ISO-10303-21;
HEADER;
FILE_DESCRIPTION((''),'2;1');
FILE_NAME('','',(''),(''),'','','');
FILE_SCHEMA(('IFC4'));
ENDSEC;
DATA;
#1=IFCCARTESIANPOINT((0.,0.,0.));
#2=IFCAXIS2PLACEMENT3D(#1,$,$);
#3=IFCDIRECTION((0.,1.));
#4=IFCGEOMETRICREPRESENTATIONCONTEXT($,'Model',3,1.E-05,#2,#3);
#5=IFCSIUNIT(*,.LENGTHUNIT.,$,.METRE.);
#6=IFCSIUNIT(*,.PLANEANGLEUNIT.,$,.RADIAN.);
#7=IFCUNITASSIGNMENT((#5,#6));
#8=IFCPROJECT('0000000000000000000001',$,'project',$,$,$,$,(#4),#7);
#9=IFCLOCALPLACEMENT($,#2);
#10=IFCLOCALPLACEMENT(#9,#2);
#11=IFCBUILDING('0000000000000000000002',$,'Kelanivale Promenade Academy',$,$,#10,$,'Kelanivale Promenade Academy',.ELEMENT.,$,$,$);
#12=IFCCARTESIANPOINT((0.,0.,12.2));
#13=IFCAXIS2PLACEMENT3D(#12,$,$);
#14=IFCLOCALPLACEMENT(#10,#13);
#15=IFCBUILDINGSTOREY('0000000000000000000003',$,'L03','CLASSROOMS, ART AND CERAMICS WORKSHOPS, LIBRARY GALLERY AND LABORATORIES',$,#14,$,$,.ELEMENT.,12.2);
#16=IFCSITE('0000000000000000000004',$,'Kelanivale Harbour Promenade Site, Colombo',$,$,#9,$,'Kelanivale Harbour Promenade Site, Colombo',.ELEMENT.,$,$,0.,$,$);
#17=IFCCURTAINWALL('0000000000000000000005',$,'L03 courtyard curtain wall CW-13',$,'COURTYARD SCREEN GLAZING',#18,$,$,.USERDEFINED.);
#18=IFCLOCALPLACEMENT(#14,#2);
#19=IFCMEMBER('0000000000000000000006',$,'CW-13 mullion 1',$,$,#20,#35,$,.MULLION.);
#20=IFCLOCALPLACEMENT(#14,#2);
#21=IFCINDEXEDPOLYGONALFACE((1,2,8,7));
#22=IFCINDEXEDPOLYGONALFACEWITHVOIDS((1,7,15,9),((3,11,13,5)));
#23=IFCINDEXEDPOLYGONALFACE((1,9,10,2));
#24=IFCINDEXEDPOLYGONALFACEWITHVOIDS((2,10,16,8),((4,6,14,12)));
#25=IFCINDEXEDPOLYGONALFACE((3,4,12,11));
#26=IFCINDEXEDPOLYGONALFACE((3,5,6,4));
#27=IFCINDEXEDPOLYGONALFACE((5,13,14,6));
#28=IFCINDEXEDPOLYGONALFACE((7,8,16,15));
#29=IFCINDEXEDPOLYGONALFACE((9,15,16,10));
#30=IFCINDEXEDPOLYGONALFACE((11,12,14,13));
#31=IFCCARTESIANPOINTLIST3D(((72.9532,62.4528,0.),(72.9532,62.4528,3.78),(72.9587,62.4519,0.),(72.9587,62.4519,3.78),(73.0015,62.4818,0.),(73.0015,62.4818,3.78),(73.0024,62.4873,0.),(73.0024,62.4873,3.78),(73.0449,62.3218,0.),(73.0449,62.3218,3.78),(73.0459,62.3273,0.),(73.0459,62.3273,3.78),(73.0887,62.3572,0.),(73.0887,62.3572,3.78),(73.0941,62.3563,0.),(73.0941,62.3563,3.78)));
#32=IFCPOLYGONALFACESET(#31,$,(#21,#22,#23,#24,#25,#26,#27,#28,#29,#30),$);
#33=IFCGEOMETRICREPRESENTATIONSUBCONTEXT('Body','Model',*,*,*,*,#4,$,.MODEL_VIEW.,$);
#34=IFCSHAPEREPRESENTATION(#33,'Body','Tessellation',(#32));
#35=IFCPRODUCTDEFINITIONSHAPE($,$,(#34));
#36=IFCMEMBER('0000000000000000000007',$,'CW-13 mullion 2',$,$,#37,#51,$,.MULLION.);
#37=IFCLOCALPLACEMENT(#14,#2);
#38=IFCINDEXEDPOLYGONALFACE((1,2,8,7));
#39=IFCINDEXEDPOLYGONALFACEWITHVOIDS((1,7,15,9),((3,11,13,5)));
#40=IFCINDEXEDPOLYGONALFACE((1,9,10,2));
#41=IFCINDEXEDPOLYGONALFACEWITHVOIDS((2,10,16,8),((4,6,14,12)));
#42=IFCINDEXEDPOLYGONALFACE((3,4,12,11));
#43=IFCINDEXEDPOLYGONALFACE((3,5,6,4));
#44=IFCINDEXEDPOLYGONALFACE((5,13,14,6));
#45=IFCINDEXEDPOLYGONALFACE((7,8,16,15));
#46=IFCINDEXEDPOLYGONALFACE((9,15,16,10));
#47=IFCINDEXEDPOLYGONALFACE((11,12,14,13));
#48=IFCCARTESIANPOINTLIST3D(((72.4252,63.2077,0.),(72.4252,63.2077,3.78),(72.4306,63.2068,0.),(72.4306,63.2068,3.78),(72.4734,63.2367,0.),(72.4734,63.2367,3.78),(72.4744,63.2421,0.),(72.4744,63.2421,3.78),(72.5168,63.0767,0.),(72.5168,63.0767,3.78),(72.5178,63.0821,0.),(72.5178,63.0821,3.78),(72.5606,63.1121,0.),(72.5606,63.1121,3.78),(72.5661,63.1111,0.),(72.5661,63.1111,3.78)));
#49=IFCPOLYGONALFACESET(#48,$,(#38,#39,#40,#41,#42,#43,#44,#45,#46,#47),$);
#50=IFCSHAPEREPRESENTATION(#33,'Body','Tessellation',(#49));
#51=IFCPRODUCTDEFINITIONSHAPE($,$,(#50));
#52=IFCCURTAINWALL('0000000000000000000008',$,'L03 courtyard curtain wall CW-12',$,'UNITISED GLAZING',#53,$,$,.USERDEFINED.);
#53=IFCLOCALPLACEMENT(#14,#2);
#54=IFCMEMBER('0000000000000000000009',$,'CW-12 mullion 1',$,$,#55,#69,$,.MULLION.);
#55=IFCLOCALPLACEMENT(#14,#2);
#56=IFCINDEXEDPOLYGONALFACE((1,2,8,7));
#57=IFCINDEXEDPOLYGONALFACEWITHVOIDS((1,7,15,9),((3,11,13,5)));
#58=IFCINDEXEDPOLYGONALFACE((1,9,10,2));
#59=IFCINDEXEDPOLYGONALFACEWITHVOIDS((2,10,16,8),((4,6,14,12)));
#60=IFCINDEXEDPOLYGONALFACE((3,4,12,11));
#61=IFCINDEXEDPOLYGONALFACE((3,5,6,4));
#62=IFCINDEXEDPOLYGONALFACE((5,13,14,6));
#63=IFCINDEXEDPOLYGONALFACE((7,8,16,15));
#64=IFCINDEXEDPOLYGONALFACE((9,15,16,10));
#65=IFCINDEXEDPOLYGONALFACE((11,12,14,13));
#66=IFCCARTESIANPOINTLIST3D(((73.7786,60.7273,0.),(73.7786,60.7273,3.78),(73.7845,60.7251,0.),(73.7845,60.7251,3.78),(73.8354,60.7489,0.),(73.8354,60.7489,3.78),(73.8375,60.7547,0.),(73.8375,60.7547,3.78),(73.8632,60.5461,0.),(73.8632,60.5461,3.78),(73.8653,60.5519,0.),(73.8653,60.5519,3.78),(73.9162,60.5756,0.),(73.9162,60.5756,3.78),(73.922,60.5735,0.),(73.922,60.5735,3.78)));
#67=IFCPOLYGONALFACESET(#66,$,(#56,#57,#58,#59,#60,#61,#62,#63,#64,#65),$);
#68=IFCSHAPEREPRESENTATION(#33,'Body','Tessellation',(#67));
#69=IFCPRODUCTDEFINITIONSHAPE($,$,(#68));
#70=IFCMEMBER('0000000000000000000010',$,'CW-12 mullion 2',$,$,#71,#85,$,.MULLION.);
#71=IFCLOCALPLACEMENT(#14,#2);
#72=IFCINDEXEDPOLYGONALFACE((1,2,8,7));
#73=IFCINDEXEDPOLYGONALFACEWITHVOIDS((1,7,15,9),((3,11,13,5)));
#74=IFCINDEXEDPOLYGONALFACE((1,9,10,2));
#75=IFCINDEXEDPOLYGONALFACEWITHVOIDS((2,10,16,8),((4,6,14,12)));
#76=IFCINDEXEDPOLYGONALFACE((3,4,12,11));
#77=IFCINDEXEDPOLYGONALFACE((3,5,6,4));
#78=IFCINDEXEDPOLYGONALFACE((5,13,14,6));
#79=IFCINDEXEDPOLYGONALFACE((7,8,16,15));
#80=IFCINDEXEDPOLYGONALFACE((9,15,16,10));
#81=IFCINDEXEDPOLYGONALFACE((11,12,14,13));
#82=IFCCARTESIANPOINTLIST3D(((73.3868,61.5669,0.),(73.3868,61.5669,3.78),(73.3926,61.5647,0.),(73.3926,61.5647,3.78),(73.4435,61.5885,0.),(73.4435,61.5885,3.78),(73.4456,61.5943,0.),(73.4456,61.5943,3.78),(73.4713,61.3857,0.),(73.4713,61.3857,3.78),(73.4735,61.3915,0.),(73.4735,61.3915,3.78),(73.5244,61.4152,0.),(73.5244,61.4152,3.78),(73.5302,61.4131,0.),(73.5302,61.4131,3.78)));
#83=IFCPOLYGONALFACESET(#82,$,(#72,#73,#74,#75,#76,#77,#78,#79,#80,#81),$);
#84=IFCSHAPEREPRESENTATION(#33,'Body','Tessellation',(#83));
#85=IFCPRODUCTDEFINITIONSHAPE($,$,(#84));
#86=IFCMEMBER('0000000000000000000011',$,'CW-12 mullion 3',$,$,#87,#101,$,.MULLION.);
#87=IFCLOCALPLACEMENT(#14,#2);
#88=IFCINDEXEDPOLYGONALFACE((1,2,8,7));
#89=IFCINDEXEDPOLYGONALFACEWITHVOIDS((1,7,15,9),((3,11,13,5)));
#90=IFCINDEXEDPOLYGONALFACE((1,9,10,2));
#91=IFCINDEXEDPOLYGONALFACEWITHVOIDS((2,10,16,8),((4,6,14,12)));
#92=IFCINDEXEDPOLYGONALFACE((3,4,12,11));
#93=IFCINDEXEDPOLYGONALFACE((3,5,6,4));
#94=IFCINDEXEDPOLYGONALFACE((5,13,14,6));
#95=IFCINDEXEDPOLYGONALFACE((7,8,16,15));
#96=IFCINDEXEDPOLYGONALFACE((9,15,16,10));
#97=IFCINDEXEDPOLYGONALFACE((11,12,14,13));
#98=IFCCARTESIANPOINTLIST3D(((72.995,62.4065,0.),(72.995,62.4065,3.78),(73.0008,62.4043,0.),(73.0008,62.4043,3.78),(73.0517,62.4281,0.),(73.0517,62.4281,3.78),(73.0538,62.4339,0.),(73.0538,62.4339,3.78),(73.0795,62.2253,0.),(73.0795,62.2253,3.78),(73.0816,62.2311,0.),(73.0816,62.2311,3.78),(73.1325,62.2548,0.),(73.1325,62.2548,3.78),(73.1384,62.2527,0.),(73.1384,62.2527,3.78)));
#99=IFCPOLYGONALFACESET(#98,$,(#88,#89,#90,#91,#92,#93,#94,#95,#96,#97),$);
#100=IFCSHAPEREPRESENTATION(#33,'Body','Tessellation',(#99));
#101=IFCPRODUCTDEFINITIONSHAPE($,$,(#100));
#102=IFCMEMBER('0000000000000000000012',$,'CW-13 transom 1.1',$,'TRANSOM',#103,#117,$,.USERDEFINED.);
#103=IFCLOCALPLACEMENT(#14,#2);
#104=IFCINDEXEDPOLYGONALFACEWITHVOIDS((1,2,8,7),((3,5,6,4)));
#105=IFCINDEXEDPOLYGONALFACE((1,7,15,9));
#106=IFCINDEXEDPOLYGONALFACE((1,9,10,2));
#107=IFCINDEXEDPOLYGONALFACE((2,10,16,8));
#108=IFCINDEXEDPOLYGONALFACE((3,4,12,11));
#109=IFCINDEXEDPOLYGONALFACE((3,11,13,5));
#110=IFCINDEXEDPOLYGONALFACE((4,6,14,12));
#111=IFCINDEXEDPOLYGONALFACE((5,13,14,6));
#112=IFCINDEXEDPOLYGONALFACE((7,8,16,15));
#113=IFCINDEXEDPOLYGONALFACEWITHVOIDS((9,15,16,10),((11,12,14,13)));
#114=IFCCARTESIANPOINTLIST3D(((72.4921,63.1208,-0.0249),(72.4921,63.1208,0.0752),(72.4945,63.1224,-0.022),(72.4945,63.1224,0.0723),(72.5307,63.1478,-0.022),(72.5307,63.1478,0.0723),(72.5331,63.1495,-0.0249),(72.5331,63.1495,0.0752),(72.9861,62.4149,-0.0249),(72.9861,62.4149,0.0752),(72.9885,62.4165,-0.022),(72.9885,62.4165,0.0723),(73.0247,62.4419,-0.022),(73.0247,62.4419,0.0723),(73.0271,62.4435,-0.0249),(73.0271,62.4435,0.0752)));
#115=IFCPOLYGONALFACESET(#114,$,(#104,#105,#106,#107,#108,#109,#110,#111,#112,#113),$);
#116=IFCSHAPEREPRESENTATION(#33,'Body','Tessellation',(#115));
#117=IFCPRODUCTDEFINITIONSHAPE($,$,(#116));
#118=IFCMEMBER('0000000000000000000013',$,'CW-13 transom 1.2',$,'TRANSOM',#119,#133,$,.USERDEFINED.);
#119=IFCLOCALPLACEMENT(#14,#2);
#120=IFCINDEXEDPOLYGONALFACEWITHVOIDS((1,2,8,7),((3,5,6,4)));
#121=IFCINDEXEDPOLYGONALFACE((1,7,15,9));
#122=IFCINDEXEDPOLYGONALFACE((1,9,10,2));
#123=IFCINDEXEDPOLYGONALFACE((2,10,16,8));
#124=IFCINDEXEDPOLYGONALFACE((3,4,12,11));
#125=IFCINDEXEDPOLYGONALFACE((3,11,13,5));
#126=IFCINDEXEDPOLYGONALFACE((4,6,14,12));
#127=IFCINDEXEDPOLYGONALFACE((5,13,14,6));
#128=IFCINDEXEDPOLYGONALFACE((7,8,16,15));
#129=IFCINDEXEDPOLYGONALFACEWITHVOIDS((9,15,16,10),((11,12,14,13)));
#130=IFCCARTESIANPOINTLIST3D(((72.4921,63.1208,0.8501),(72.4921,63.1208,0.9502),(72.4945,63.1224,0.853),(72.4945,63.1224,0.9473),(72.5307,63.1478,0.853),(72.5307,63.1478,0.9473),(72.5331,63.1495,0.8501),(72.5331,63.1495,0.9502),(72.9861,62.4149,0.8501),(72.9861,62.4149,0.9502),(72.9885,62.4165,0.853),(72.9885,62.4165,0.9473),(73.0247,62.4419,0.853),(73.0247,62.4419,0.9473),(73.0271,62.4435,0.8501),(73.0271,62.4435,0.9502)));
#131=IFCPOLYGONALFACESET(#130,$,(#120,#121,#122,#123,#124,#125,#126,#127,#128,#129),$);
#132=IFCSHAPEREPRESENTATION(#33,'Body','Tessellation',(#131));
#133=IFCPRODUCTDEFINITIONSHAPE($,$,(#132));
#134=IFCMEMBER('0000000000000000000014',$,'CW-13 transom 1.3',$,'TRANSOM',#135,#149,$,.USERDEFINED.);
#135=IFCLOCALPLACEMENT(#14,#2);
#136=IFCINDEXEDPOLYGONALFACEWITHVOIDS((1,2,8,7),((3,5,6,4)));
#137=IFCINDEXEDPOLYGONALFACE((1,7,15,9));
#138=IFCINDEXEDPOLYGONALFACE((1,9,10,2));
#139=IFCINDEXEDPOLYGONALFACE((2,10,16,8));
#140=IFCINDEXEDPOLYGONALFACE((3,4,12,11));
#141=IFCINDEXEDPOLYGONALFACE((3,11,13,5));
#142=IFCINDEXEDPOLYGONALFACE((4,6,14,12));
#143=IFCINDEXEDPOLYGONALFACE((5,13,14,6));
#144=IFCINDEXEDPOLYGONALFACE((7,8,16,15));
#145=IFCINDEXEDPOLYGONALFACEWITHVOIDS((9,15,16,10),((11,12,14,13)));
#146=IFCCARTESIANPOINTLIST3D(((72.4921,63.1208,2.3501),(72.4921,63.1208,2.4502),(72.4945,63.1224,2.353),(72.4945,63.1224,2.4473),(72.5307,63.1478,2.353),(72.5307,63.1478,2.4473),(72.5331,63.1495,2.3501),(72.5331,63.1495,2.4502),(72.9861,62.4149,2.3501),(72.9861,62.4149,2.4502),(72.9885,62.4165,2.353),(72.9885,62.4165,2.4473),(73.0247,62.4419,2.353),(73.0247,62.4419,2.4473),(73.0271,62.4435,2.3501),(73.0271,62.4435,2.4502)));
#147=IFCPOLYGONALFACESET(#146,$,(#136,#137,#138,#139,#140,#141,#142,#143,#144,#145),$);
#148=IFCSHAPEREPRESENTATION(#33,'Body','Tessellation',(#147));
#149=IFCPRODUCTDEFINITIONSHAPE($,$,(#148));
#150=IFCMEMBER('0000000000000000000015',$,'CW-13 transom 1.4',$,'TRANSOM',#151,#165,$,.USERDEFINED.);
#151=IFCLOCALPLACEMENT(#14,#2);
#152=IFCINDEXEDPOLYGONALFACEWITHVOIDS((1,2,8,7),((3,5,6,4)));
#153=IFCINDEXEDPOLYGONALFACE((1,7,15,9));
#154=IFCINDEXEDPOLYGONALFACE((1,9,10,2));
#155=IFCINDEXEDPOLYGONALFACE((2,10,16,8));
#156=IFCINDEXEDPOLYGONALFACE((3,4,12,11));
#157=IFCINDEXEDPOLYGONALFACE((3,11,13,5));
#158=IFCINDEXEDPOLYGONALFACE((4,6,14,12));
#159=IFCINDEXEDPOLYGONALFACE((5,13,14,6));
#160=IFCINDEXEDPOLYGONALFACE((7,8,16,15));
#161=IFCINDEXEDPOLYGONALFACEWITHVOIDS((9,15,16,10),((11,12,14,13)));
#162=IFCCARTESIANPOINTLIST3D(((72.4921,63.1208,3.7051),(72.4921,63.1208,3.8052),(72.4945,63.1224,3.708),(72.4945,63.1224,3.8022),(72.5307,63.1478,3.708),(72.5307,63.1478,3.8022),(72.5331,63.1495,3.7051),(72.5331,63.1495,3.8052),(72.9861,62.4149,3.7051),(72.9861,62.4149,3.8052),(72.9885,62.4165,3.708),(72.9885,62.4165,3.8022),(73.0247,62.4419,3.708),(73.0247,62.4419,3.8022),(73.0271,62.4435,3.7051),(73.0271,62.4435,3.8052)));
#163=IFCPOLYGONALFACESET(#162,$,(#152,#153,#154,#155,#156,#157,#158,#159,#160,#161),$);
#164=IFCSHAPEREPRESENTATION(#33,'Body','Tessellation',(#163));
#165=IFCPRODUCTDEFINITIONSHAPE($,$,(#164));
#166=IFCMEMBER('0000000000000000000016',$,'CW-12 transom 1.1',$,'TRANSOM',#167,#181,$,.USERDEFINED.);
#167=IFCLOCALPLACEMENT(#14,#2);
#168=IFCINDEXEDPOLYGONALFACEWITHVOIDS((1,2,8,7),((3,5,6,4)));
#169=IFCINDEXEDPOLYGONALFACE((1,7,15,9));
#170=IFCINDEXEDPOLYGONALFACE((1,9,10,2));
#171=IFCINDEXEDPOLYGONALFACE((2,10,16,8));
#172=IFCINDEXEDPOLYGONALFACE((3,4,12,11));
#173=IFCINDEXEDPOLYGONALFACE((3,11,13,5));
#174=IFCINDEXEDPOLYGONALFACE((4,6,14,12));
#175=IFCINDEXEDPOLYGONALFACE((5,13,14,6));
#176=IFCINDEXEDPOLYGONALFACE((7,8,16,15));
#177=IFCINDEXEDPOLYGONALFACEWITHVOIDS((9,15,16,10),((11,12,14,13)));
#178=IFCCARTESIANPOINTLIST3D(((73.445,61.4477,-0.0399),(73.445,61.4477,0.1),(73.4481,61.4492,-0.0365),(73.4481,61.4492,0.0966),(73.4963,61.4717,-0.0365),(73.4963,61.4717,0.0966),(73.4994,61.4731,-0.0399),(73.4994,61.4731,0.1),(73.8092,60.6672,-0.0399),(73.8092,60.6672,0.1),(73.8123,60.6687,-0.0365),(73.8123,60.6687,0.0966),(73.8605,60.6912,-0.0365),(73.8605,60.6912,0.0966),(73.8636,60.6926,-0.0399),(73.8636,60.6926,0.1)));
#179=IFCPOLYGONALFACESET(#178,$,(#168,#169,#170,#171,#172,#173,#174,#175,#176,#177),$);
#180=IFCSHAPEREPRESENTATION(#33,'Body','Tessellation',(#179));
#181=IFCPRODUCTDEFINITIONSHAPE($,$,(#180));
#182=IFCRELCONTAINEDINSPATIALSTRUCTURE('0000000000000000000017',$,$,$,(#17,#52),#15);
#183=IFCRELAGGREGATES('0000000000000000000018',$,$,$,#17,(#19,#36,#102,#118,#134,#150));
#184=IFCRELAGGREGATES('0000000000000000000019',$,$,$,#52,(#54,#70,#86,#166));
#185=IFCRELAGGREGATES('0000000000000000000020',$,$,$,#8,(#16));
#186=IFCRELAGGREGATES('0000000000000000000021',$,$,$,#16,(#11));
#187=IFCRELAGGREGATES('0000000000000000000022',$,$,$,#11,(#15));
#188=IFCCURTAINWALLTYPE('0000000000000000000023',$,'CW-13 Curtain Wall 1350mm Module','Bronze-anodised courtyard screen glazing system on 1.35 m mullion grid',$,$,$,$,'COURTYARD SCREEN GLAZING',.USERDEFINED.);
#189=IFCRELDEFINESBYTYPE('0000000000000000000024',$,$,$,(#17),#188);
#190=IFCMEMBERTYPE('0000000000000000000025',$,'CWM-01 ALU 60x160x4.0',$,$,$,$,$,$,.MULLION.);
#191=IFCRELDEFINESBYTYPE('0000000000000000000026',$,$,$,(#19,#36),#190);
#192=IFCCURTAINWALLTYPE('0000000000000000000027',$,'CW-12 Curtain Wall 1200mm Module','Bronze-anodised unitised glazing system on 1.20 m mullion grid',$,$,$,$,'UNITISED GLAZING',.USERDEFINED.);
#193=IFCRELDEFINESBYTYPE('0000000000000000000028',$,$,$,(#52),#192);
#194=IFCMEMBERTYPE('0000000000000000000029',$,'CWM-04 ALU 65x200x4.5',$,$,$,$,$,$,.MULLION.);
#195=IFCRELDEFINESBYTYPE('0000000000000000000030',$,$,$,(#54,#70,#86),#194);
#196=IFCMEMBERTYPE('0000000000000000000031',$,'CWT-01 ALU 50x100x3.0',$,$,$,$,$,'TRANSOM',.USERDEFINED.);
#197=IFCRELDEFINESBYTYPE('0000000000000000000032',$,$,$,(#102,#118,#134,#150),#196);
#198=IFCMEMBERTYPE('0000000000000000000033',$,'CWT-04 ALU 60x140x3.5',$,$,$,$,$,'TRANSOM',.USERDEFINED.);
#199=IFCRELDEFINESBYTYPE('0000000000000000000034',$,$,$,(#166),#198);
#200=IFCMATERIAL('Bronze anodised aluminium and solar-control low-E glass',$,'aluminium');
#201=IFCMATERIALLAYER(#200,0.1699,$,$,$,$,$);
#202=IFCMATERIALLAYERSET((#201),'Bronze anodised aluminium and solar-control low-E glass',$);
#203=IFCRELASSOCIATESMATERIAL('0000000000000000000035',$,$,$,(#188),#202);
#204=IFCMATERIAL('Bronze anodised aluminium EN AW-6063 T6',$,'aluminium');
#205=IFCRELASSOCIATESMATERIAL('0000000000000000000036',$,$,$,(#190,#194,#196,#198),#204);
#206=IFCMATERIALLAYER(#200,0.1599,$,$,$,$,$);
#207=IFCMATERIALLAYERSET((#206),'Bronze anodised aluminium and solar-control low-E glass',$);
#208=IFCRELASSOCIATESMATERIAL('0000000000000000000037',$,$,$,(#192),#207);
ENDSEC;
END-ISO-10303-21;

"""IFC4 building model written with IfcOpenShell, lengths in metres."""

from ifc_helpers import new_model, si_unit, direction, frame, origin, origin_2d, place, context, subcontext, project, spatial, hollow_rectangle, extrude, material, layer, layer_set, material_profile, profile_set, type_object, element, aggregate, save


model = new_model("IFC4")

# Units and contexts
model_context = context("Model", 3, precision=1e-05, world=origin(), true_north=direction((0.0, 1.0)))
body_context = subcontext(model_context, "Body", "Model", "MODEL_VIEW")
ifc_project = project(units=[si_unit("LENGTHUNIT", "METRE"), si_unit("PLANEANGLEUNIT", "RADIAN")], contexts=[model_context])

# Site, building, storey
site_placement = place(None, origin())
site = spatial("IfcSite", under=ifc_project, at=site_placement, Name="Kelanivale Harbour Promenade Site, Colombo", LongName="Kelanivale Harbour Promenade Site, Colombo", CompositionType="ELEMENT", RefElevation=0.0)
building_placement = place(site_placement, origin())
building = spatial("IfcBuilding", under=site, at=building_placement, Name="Kelanivale Promenade Academy", LongName="Kelanivale Promenade Academy", CompositionType="ELEMENT")
storey_placement = place(building_placement, frame((0.0, 0.0, 12.2)))
storey = spatial("IfcBuildingStorey", under=building, at=storey_placement, Name="L03", Description="CLASSROOMS, ART AND CERAMICS WORKSHOPS, LIBRARY GALLERY AND LABORATORIES", CompositionType="ELEMENT", Elevation=12.2)

# Curtain walls, members
ifc_material_1 = material(Name="Bronze anodised aluminium and solar-control low-E glass", Category="aluminium")
ifc_layer_1 = layer(ifc_material_1, 0.1699)
ifc_layer_set_1 = layer_set([ifc_layer_1], Name="Bronze anodised aluminium and solar-control low-E glass")
curtain_wall_type_1 = type_object("IfcCurtainWallType", Name="CW-13 Curtain Wall 1350mm Module", Description="Bronze-anodised courtyard screen glazing system on 1.35 m mullion grid", ElementType="COURTYARD SCREEN GLAZING", PredefinedType="USERDEFINED", material=ifc_layer_set_1)
curtain_wall_1_placement = place(storey_placement, origin())
curtain_wall_1 = element("IfcCurtainWall", 1, at=curtain_wall_1_placement, inside=storey, type_object=curtain_wall_type_1, Name="L03 courtyard curtain wall CW-13", ObjectType="COURTYARD SCREEN GLAZING", PredefinedType="USERDEFINED")
ifc_material_2 = material(Name="Bronze anodised aluminium EN AW-6063 T6", Category="aluminium")
ifc_material_profile_1 = material_profile(ifc_material_2, hollow_rectangle(XDim=0.0601, YDim=0.1599, WallThickness=0.0039, at=origin_2d()), Name="ALU 60x160x4.0")
ifc_profile_set_1 = profile_set([ifc_material_profile_1], Name="Bronze anodised aluminium EN AW-6063 T6")
member_type_1 = type_object("IfcMemberType", Name="CWM-01 ALU 60x160x4.0", PredefinedType="MULLION", material=ifc_profile_set_1)
member_1_placement = place(storey_placement, frame((73.0237, 62.4045, 0.0), z_axis=(0.0, 0.0, 1.0), x_axis=(-0.819306, -0.573357, 0.0)))
member_1 = element("IfcMember", 2, at=member_1_placement, type_object=member_type_1, Name="CW-13 mullion 1", PredefinedType="MULLION", context=body_context, shape_type="SweptSolid", body=[
    extrude(hollow_rectangle(XDim=0.0601, YDim=0.1599, WallThickness=0.0039, at=origin_2d()), origin(), (0.0, 0.0, 1.0), 3.78),
])
member_2_placement = place(storey_placement, frame((72.4956, 63.1594, 0.0), z_axis=(0.0, 0.0, 1.0), x_axis=(-0.819306, -0.573357, 0.0)))
member_2 = element("IfcMember", 3, at=member_2_placement, type_object=member_type_1, Name="CW-13 mullion 2", PredefinedType="MULLION", context=body_context, shape_type="SweptSolid", body=[
    extrude(hollow_rectangle(XDim=0.0601, YDim=0.1599, WallThickness=0.0039, at=origin_2d()), origin(), (0.0, 0.0, 1.0), 3.78),
])
ifc_layer_2 = layer(ifc_material_1, 0.1599)
ifc_layer_set_2 = layer_set([ifc_layer_2], Name="Bronze anodised aluminium and solar-control low-E glass")
curtain_wall_type_2 = type_object("IfcCurtainWallType", Name="CW-12 Curtain Wall 1200mm Module", Description="Bronze-anodised unitised glazing system on 1.20 m mullion grid", ElementType="UNITISED GLAZING", PredefinedType="USERDEFINED", material=ifc_layer_set_2)
curtain_wall_2_placement = place(storey_placement, origin())
curtain_wall_2 = element("IfcCurtainWall", 4, at=curtain_wall_2_placement, inside=storey, type_object=curtain_wall_type_2, Name="L03 courtyard curtain wall CW-12", ObjectType="UNITISED GLAZING", PredefinedType="USERDEFINED")
ifc_material_profile_2 = material_profile(ifc_material_2, hollow_rectangle(XDim=0.0649, YDim=0.2, WallThickness=0.0044, at=origin_2d()), Name="ALU 65x200x4.5")
ifc_profile_set_2 = profile_set([ifc_material_profile_2], Name="Bronze anodised aluminium EN AW-6063 T6")
member_type_2 = type_object("IfcMemberType", Name="CWM-04 ALU 65x200x4.5", PredefinedType="MULLION", material=ifc_profile_set_2)
member_3_placement = place(storey_placement, frame((73.8503, 60.6504, 0.0), z_axis=(0.0, 0.0, 1.0), x_axis=(-0.906196, -0.422857, 0.0)))
member_3 = element("IfcMember", 5, at=member_3_placement, type_object=member_type_2, Name="CW-12 mullion 1", PredefinedType="MULLION", context=body_context, shape_type="SweptSolid", body=[
    extrude(hollow_rectangle(XDim=0.0649, YDim=0.2, WallThickness=0.0044, at=origin_2d()), origin(), (0.0, 0.0, 1.0), 3.78),
])
member_4_placement = place(storey_placement, frame((73.4585, 61.49, 0.0), z_axis=(0.0, 0.0, 1.0), x_axis=(-0.906196, -0.422857, 0.0)))
member_4 = element("IfcMember", 6, at=member_4_placement, type_object=member_type_2, Name="CW-12 mullion 2", PredefinedType="MULLION", context=body_context, shape_type="SweptSolid", body=[
    extrude(hollow_rectangle(XDim=0.0649, YDim=0.2, WallThickness=0.0044, at=origin_2d()), origin(), (0.0, 0.0, 1.0), 3.78),
])
member_5_placement = place(storey_placement, frame((73.0667, 62.3296, 0.0), z_axis=(0.0, 0.0, 1.0), x_axis=(-0.906196, -0.422857, 0.0)))
member_5 = element("IfcMember", 7, at=member_5_placement, type_object=member_type_2, Name="CW-12 mullion 3", PredefinedType="MULLION", context=body_context, shape_type="SweptSolid", body=[
    extrude(hollow_rectangle(XDim=0.0649, YDim=0.2, WallThickness=0.0044, at=origin_2d()), origin(), (0.0, 0.0, 1.0), 3.78),
])

# Members
ifc_material_profile_3 = material_profile(ifc_material_2, hollow_rectangle(XDim=0.05, YDim=0.1001, WallThickness=0.0029, at=origin_2d()), Name="ALU 50x100x3.0")
ifc_profile_set_3 = profile_set([ifc_material_profile_3], Name="Bronze anodised aluminium EN AW-6063 T6")
member_type_3 = type_object("IfcMemberType", Name="CWT-01 ALU 50x100x3.0", ElementType="TRANSOM", PredefinedType="USERDEFINED", material=ifc_profile_set_3)
member_6_placement = place(storey_placement, frame((73.0066, 62.4292, 0.0251), z_axis=(-0.573329, 0.819325, 0.0), x_axis=(-0.819325, -0.573329, 0.0)))
member_6 = element("IfcMember", 8, at=member_6_placement, type_object=member_type_3, Name="CW-13 transom 1.1", ObjectType="TRANSOM", PredefinedType="USERDEFINED", context=body_context, shape_type="SweptSolid", body=[
    extrude(hollow_rectangle(XDim=0.05, YDim=0.1001, WallThickness=0.0029, at=origin_2d()), origin(), (0.0, 0.0, 1.0), 0.8616),
])
member_7_placement = place(storey_placement, frame((73.0066, 62.4292, 0.9001), z_axis=(-0.573329, 0.819325, 0.0), x_axis=(-0.819325, -0.573329, 0.0)))
member_7 = element("IfcMember", 9, at=member_7_placement, type_object=member_type_3, Name="CW-13 transom 1.2", ObjectType="TRANSOM", PredefinedType="USERDEFINED", context=body_context, shape_type="SweptSolid", body=[
    extrude(hollow_rectangle(XDim=0.05, YDim=0.1001, WallThickness=0.0029, at=origin_2d()), origin(), (0.0, 0.0, 1.0), 0.8616),
])
member_8_placement = place(storey_placement, frame((73.0066, 62.4292, 2.4001), z_axis=(-0.573329, 0.819325, 0.0), x_axis=(-0.819325, -0.573329, 0.0)))
member_8 = element("IfcMember", 10, at=member_8_placement, type_object=member_type_3, Name="CW-13 transom 1.3", ObjectType="TRANSOM", PredefinedType="USERDEFINED", context=body_context, shape_type="SweptSolid", body=[
    extrude(hollow_rectangle(XDim=0.05, YDim=0.1001, WallThickness=0.0029, at=origin_2d()), origin(), (0.0, 0.0, 1.0), 0.8616),
])
member_9_placement = place(storey_placement, frame((73.0066, 62.4292, 3.7551), z_axis=(-0.573329, 0.819325, 0.0), x_axis=(-0.819325, -0.573329, 0.0)))
member_9 = element("IfcMember", 11, at=member_9_placement, type_object=member_type_3, Name="CW-13 transom 1.4", ObjectType="TRANSOM", PredefinedType="USERDEFINED", context=body_context, shape_type="SweptSolid", body=[
    extrude(hollow_rectangle(XDim=0.05, YDim=0.1001, WallThickness=0.0029, at=origin_2d()), origin(), (0.0, 0.0, 1.0), 0.8616),
])
ifc_material_profile_4 = material_profile(ifc_material_2, hollow_rectangle(XDim=0.0601, YDim=0.1399, WallThickness=0.0034, at=origin_2d()), Name="ALU 60x140x3.5")
ifc_profile_set_4 = profile_set([ifc_material_profile_4], Name="Bronze anodised aluminium EN AW-6063 T6")
member_type_4 = type_object("IfcMemberType", Name="CWT-04 ALU 60x140x3.5", ElementType="TRANSOM", PredefinedType="USERDEFINED", material=ifc_profile_set_4)
member_10_placement = place(storey_placement, frame((73.8364, 60.6799, 0.03), z_axis=(-0.422901, 0.906176, 0.0), x_axis=(-0.906176, -0.422901, 0.0)))
member_10 = element("IfcMember", 12, at=member_10_placement, type_object=member_type_4, Name="CW-12 transom 1.1", ObjectType="TRANSOM", PredefinedType="USERDEFINED", context=body_context, shape_type="SweptSolid", body=[
    extrude(hollow_rectangle(XDim=0.0601, YDim=0.1399, WallThickness=0.0034, at=origin_2d()), origin(), (0.0, 0.0, 1.0), 0.8613),
])

aggregate(curtain_wall_1, [member_1, member_2, member_6, member_7, member_8, member_9])
aggregate(curtain_wall_2, [member_3, member_4, member_5, member_10])

save(model, "model.ifc")
